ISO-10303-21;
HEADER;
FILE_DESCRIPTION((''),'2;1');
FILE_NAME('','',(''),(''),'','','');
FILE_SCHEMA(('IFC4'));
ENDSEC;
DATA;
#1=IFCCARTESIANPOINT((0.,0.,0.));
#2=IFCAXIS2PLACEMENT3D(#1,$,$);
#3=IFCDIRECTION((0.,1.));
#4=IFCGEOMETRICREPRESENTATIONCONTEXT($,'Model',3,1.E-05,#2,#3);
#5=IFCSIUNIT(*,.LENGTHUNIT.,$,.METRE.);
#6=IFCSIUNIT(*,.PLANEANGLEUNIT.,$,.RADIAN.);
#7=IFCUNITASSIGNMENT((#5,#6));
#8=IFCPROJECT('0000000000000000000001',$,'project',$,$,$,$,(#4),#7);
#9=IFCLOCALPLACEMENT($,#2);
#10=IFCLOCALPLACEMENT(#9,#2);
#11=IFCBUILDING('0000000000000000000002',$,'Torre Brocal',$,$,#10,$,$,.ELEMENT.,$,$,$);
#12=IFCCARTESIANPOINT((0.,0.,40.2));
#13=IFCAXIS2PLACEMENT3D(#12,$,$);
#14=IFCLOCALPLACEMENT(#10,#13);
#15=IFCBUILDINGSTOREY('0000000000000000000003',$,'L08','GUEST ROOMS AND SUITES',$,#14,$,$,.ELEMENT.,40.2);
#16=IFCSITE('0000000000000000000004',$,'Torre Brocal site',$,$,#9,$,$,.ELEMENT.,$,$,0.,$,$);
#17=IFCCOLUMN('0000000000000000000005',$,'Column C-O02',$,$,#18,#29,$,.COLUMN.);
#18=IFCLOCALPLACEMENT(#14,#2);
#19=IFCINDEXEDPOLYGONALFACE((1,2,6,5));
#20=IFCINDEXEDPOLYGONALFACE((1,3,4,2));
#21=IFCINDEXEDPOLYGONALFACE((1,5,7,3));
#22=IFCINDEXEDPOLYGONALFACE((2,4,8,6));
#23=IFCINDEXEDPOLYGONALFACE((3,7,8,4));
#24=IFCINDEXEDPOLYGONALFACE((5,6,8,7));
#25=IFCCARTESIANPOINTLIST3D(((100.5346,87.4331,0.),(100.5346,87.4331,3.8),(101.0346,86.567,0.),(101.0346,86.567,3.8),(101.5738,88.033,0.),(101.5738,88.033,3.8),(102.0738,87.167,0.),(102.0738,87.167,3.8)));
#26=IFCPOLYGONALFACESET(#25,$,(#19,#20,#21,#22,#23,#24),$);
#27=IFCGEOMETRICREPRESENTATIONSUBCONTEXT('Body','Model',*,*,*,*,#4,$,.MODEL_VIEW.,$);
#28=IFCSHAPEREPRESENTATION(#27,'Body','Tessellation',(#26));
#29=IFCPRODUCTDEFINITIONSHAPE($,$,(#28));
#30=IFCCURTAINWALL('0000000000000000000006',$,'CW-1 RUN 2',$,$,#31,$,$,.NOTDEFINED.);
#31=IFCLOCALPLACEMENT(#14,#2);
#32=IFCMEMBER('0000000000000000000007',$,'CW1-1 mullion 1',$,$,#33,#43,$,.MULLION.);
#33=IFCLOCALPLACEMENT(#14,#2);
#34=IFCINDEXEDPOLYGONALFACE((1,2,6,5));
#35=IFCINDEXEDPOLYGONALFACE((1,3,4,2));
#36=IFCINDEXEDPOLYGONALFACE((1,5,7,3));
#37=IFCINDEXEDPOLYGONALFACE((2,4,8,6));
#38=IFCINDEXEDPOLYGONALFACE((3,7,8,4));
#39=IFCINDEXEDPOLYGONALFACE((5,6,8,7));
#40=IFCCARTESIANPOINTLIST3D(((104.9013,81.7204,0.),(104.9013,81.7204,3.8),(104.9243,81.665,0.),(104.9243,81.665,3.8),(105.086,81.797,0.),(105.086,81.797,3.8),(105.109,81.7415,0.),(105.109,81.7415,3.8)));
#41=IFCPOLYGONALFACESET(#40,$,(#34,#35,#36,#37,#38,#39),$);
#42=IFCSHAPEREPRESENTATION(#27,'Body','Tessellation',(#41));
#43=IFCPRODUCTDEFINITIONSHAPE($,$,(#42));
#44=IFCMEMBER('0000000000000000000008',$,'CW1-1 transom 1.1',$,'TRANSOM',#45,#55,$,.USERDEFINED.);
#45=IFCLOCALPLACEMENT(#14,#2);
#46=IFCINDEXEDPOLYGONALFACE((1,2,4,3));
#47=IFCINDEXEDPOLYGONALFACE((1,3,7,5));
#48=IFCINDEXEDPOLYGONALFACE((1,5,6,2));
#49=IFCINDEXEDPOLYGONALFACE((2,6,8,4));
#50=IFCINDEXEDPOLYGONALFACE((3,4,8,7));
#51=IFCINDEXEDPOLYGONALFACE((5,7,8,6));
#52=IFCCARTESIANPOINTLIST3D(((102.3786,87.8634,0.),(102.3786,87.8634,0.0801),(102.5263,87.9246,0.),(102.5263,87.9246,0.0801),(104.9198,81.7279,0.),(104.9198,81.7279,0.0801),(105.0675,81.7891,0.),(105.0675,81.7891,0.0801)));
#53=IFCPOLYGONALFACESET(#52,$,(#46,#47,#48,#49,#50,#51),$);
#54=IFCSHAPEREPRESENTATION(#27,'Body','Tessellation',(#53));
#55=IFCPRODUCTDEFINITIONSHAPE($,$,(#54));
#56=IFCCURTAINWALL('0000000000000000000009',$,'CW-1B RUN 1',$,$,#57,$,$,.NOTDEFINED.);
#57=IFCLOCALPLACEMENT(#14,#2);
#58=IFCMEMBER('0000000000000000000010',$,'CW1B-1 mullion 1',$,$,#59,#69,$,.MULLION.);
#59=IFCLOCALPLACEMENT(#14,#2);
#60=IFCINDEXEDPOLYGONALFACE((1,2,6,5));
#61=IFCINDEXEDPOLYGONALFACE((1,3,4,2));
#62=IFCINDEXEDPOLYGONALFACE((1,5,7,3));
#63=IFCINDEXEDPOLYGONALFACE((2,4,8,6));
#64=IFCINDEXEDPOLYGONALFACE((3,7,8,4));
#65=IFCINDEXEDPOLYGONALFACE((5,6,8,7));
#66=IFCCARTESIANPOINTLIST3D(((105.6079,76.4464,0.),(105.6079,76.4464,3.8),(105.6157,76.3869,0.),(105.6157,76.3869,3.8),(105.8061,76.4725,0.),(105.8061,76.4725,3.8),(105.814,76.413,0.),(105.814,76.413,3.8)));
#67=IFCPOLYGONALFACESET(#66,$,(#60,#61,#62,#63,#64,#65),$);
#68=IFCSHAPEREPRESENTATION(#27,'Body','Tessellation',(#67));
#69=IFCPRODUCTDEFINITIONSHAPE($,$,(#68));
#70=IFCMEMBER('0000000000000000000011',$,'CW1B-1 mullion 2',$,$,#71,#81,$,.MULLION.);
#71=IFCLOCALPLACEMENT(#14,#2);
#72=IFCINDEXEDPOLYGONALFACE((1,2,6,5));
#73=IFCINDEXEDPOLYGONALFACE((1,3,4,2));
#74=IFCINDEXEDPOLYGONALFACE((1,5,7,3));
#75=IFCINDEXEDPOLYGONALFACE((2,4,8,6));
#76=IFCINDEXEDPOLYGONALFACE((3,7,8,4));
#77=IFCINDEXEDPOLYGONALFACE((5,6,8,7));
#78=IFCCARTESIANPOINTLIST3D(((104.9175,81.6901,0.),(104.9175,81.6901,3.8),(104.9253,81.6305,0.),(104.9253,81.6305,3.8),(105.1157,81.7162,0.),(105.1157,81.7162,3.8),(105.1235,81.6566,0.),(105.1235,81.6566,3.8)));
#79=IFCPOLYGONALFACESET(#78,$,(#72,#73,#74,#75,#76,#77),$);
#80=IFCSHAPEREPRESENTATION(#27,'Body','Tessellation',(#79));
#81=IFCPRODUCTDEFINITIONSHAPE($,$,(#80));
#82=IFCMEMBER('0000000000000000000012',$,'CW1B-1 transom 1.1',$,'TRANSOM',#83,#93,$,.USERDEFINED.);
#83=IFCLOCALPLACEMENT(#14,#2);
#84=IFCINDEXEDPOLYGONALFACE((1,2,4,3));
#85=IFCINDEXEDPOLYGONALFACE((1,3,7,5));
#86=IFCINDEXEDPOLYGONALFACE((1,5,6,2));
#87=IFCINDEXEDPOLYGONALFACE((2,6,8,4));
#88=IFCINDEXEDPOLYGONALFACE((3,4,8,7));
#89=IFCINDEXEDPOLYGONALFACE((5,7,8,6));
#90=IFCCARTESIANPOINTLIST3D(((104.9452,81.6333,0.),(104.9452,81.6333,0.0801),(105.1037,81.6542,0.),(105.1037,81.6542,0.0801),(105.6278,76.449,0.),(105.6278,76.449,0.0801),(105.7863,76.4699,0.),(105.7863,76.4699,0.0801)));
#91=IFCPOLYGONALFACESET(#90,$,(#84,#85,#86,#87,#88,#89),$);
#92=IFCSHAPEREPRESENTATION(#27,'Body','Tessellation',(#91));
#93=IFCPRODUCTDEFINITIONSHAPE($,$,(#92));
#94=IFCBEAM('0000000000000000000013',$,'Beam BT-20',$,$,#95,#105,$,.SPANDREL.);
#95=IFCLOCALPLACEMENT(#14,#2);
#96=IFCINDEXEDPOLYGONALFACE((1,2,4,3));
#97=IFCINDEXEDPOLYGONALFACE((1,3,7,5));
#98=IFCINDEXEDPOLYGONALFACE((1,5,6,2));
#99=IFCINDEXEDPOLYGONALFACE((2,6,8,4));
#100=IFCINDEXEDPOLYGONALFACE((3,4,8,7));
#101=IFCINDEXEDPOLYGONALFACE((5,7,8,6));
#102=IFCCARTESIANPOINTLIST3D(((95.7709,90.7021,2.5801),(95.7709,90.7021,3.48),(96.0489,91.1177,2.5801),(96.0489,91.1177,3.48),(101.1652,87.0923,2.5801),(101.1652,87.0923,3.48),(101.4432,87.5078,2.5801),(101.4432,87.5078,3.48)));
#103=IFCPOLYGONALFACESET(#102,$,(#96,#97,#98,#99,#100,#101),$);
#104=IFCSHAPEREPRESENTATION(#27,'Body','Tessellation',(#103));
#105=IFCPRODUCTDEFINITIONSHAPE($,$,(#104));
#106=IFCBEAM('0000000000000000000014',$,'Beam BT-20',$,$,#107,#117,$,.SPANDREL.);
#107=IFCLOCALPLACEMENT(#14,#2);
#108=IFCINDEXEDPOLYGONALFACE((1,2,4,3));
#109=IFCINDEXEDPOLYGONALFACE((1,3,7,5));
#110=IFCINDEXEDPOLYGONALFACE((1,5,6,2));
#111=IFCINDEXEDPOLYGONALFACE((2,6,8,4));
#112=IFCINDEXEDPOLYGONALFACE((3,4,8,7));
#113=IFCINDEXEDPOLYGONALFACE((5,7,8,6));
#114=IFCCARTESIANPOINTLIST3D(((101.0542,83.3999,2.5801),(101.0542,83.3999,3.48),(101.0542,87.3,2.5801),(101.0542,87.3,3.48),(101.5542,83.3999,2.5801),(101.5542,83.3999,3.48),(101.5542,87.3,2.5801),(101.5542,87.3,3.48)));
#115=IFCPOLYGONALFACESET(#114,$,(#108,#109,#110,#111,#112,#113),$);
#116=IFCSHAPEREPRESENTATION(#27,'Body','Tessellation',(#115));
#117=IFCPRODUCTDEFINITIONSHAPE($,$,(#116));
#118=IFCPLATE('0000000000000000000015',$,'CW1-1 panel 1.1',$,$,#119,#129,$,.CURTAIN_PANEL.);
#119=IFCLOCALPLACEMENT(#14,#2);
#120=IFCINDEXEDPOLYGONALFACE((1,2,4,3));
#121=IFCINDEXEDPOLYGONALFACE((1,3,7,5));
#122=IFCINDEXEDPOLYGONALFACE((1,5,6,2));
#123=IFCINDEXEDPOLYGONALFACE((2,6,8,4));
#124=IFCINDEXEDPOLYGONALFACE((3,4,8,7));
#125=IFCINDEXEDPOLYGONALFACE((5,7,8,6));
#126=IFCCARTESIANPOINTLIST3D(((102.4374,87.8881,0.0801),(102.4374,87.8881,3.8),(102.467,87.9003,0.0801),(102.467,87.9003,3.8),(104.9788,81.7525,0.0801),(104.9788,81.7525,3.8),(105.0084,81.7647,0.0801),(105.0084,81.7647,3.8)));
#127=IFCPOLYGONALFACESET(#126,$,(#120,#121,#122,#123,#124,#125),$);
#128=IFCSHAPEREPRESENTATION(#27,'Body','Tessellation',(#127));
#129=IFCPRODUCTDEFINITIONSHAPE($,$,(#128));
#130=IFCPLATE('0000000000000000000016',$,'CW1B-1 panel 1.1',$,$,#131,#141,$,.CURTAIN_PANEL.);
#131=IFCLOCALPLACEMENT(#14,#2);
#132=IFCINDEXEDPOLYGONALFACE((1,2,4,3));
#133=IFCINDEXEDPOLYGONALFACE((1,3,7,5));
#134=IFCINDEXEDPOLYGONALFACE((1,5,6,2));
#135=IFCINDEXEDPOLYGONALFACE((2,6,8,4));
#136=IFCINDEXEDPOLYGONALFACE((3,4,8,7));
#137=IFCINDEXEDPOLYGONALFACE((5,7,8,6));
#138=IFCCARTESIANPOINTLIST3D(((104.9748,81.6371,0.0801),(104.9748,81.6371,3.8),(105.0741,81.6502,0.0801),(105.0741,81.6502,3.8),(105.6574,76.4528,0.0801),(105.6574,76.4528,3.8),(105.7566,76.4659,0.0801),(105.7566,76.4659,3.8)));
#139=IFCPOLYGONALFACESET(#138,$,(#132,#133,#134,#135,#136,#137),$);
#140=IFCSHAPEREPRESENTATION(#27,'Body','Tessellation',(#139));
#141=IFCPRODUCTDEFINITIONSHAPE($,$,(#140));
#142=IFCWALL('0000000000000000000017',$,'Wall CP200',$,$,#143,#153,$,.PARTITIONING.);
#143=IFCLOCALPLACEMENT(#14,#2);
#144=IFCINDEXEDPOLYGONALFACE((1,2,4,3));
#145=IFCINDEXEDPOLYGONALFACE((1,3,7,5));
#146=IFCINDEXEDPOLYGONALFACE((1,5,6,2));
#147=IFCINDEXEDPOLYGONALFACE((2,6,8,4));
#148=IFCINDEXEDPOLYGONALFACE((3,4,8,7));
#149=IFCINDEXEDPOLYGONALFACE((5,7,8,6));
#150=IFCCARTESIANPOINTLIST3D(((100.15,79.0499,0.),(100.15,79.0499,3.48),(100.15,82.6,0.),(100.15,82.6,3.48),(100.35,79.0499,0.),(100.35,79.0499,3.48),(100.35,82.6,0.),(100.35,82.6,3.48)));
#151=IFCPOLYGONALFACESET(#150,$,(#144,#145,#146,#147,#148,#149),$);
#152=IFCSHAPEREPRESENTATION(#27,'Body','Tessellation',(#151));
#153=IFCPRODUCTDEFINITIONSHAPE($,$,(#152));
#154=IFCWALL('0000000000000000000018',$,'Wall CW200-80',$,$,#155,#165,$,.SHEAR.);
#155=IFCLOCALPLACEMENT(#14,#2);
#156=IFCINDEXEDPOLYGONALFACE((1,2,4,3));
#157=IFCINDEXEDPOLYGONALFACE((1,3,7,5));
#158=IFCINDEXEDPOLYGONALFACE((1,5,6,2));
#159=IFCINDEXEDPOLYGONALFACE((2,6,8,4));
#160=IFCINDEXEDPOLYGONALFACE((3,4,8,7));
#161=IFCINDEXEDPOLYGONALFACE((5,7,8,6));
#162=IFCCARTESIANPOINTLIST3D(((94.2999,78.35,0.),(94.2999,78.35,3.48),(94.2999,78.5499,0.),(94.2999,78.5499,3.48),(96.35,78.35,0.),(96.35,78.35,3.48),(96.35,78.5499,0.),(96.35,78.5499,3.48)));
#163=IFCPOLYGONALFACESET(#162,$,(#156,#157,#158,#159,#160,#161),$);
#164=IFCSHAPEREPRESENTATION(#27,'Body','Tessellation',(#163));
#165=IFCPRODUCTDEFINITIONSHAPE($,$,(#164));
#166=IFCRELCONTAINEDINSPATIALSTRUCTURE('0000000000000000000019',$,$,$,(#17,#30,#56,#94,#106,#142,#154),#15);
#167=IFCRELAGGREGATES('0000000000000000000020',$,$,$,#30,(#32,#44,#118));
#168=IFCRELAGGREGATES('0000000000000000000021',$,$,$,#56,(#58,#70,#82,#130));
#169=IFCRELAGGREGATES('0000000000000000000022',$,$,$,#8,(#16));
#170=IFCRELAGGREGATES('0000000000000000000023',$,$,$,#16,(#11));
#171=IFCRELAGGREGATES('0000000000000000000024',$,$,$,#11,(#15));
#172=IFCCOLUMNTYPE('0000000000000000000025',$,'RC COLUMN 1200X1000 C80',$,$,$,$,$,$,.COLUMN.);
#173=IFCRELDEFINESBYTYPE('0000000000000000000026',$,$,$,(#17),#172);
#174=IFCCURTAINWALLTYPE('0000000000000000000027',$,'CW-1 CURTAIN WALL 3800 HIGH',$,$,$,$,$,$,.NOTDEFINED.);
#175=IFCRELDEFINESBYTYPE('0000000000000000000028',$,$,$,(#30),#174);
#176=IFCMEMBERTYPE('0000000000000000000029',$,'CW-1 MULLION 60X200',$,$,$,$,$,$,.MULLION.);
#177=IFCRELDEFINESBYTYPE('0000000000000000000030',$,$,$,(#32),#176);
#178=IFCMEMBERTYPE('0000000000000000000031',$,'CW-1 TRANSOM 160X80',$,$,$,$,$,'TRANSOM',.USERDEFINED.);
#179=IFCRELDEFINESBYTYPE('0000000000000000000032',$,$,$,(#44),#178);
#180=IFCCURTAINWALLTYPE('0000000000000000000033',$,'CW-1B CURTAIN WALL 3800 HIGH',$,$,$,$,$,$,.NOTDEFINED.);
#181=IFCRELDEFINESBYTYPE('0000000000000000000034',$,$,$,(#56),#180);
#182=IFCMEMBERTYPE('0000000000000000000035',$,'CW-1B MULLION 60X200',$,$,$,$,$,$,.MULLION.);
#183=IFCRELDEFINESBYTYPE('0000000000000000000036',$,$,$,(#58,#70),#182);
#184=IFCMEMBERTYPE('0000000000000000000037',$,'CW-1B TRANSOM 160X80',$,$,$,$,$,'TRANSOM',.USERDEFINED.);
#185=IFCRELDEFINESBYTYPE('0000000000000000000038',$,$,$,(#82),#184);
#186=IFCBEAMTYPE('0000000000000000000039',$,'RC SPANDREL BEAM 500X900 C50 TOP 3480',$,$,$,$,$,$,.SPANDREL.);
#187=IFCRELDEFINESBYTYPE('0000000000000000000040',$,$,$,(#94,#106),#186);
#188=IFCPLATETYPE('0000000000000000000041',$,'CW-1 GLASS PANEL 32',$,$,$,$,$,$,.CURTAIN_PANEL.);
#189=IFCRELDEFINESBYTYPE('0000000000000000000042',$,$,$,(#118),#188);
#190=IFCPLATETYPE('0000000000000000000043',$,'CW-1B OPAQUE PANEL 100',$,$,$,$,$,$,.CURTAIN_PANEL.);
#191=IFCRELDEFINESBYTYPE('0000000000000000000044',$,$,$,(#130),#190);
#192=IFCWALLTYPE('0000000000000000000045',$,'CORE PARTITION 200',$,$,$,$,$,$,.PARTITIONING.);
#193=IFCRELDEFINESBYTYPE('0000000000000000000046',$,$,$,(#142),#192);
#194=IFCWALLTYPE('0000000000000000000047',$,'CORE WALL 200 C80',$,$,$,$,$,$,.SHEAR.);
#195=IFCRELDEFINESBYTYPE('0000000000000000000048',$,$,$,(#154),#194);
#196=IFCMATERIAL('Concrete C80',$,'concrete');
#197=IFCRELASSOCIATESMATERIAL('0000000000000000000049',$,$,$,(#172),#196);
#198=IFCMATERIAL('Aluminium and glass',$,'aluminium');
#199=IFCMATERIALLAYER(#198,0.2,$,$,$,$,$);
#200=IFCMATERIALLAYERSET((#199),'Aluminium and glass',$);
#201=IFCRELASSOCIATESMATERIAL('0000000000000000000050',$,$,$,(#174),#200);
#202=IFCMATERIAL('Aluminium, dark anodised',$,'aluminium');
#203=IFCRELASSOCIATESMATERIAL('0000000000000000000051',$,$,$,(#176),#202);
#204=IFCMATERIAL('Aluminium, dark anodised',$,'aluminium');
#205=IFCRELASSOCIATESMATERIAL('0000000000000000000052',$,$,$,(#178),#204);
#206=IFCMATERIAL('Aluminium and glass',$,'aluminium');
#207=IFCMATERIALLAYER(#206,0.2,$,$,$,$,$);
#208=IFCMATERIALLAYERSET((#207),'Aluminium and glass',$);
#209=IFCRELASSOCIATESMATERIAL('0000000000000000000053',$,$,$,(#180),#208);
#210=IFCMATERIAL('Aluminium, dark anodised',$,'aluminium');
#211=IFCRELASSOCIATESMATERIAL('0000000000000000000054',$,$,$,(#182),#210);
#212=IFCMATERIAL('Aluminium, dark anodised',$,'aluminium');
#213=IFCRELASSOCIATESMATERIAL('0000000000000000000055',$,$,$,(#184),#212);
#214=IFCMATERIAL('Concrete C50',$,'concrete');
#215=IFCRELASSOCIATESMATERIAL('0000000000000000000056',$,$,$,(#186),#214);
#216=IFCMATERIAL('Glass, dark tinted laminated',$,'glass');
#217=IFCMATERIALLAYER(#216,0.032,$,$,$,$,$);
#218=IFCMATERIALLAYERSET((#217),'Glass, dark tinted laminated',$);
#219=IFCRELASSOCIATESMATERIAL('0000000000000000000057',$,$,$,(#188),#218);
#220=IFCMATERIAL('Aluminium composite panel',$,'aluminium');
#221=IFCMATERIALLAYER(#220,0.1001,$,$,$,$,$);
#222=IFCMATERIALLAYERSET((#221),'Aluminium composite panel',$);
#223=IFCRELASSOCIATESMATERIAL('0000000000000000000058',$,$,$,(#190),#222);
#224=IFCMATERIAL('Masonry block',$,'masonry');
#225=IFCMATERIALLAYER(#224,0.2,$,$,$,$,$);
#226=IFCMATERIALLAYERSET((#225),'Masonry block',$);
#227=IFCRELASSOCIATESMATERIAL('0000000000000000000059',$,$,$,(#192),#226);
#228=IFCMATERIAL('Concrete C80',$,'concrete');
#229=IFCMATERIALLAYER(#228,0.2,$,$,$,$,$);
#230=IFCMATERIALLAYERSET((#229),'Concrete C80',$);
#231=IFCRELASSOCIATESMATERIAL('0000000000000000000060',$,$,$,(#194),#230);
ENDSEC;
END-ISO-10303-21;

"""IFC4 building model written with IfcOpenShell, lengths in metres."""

from ifc_helpers import new_model, si_unit, direction, frame, frame_2d, origin, origin_2d, place, context, subcontext, project, spatial, rectangle, extrude, material, layer, layer_set, material_profile, profile_set, type_object, element, aggregate, save


model = new_model("IFC4")

# Units and contexts
model_context = context("Model", 3, precision=1e-05, world=origin(), true_north=direction((0.0, 1.0)))
body_context = subcontext(model_context, "Body", "Model", "MODEL_VIEW")
ifc_project = project(units=[si_unit("LENGTHUNIT", "METRE"), si_unit("PLANEANGLEUNIT", "RADIAN")], contexts=[model_context])

# Site, building, storey
site_placement = place(None, origin())
site = spatial("IfcSite", under=ifc_project, at=site_placement, Name="Torre Brocal site", CompositionType="ELEMENT", RefElevation=0.0)
building_placement = place(site_placement, origin())
building = spatial("IfcBuilding", under=site, at=building_placement, Name="Torre Brocal", CompositionType="ELEMENT")
storey_placement = place(building_placement, frame((0.0, 0.0, 40.2)))
storey = spatial("IfcBuildingStorey", under=building, at=storey_placement, Name="L08", Description="GUEST ROOMS AND SUITES", CompositionType="ELEMENT", Elevation=40.2)

# Column
ifc_material_1 = material(Name="Concrete C80", Category="concrete")
ifc_material_profile_1 = material_profile(ifc_material_1, rectangle(XDim=1.2, YDim=1.0, at=origin_2d()), Name="RC 1200X1000")
ifc_profile_set_1 = profile_set([ifc_material_profile_1], Name="Concrete C80")
column_type = type_object("IfcColumnType", Name="RC COLUMN 1200X1000 C80", PredefinedType="COLUMN", material=ifc_profile_set_1)
column_placement = place(storey_placement, frame((101.3042, 87.3, 0.0), z_axis=(0.0, 0.0, 1.0), x_axis=(0.866025, 0.5, 0.0)))
element("IfcColumn", 1, at=column_placement, inside=storey, type_object=column_type, Name="Column C-O02", PredefinedType="COLUMN", context=body_context, shape_type="SweptSolid", body=[
    extrude(rectangle(XDim=1.2, YDim=1.0, at=origin_2d()), origin(), (0.0, 0.0, 1.0), 3.8),
])

# Curtain walls, members
ifc_material_2 = material(Name="Aluminium and glass", Category="aluminium")
ifc_layer_1 = layer(ifc_material_2, 0.2)
ifc_layer_set_1 = layer_set([ifc_layer_1], Name="Aluminium and glass")
curtain_wall_type_1 = type_object("IfcCurtainWallType", Name="CW-1 CURTAIN WALL 3800 HIGH", PredefinedType="NOTDEFINED", material=ifc_layer_set_1)
curtain_wall_1_placement = place(storey_placement, origin())
curtain_wall_1 = element("IfcCurtainWall", 2, at=curtain_wall_1_placement, inside=storey, type_object=curtain_wall_type_1, Name="CW-1 RUN 2", PredefinedType="NOTDEFINED")
ifc_material_3 = material(Name="Aluminium, dark anodised", Category="aluminium")
ifc_material_profile_2 = material_profile(ifc_material_3, rectangle(XDim=0.2, YDim=0.0601, at=origin_2d()), Name="CW-1 MULLION 60X200")
ifc_profile_set_2 = profile_set([ifc_material_profile_2], Name="Aluminium, dark anodised")
member_type_1 = type_object("IfcMemberType", Name="CW-1 MULLION 60X200", PredefinedType="MULLION", material=ifc_profile_set_2)
member_1_placement = place(storey_placement, frame((105.0051, 81.731, 0.0), z_axis=(0.0, 0.0, 1.0), x_axis=(-0.92388, -0.382683, 0.0)))
member_1 = element("IfcMember", 3, at=member_1_placement, type_object=member_type_1, Name="CW1-1 mullion 1", PredefinedType="MULLION", context=body_context, shape_type="SweptSolid", body=[
    extrude(rectangle(XDim=0.2, YDim=0.0601, at=origin_2d()), origin(), (0.0, 0.0, 1.0), 3.8),
])
ifc_material_4 = material(Name="Aluminium, dark anodised", Category="aluminium")
ifc_material_profile_3 = material_profile(ifc_material_4, rectangle(XDim=0.1599, YDim=0.0801, at=origin_2d()), Name="CW-1 TRANSOM 160X80")
ifc_profile_set_3 = profile_set([ifc_material_profile_3], Name="Aluminium, dark anodised")
member_type_2 = type_object("IfcMemberType", Name="CW-1 TRANSOM 160X80", ElementType="TRANSOM", PredefinedType="USERDEFINED", material=ifc_profile_set_3)
member_2_placement = place(storey_placement, frame((104.9937, 81.7585, 0.04), z_axis=(-0.382665, 0.923887, 0.0), x_axis=(-0.923887, -0.382665, 0.0)))
member_2 = element("IfcMember", 4, at=member_2_placement, type_object=member_type_2, Name="CW1-1 transom 1.1", ObjectType="TRANSOM", PredefinedType="USERDEFINED", context=body_context, shape_type="SweptSolid", body=[
    extrude(rectangle(XDim=0.1599, YDim=0.0801, at=origin_2d()), origin(), (0.0, 0.0, 1.0), 6.6409),
])
ifc_material_5 = material(Name="Aluminium and glass", Category="aluminium")
ifc_layer_2 = layer(ifc_material_5, 0.2)
ifc_layer_set_2 = layer_set([ifc_layer_2], Name="Aluminium and glass")
curtain_wall_type_2 = type_object("IfcCurtainWallType", Name="CW-1B CURTAIN WALL 3800 HIGH", PredefinedType="NOTDEFINED", material=ifc_layer_set_2)
curtain_wall_2_placement = place(storey_placement, origin())
curtain_wall_2 = element("IfcCurtainWall", 5, at=curtain_wall_2_placement, inside=storey, type_object=curtain_wall_type_2, Name="CW-1B RUN 1", PredefinedType="NOTDEFINED")
ifc_material_6 = material(Name="Aluminium, dark anodised", Category="aluminium")
ifc_material_profile_4 = material_profile(ifc_material_6, rectangle(XDim=0.2, YDim=0.0601, at=origin_2d()), Name="CW-1B MULLION 60X200")
ifc_profile_set_4 = profile_set([ifc_material_profile_4], Name="Aluminium, dark anodised")
member_type_3 = type_object("IfcMemberType", Name="CW-1B MULLION 60X200", PredefinedType="MULLION", material=ifc_profile_set_4)
member_3_placement = place(storey_placement, frame((105.7109, 76.4297, 0.0), z_axis=(0.0, 0.0, 1.0), x_axis=(-0.991445, -0.130526, 0.0)))
member_3 = element("IfcMember", 6, at=member_3_placement, type_object=member_type_3, Name="CW1B-1 mullion 1", PredefinedType="MULLION", context=body_context, shape_type="SweptSolid", body=[
    extrude(rectangle(XDim=0.2, YDim=0.0601, at=origin_2d()), origin(), (0.0, 0.0, 1.0), 3.8),
])
member_4_placement = place(storey_placement, frame((105.0205, 81.6733, 0.0), z_axis=(0.0, 0.0, 1.0), x_axis=(-0.991445, -0.130526, 0.0)))
member_4 = element("IfcMember", 7, at=member_4_placement, type_object=member_type_3, Name="CW1B-1 mullion 2", PredefinedType="MULLION", context=body_context, shape_type="SweptSolid", body=[
    extrude(rectangle(XDim=0.2, YDim=0.0601, at=origin_2d()), origin(), (0.0, 0.0, 1.0), 3.8),
])
ifc_material_7 = material(Name="Aluminium, dark anodised", Category="aluminium")
ifc_material_profile_5 = material_profile(ifc_material_7, rectangle(XDim=0.1599, YDim=0.0801, at=origin_2d()), Name="CW-1B TRANSOM 160X80")
ifc_profile_set_5 = profile_set([ifc_material_profile_5], Name="Aluminium, dark anodised")
member_type_4 = type_object("IfcMemberType", Name="CW-1B TRANSOM 160X80", ElementType="TRANSOM", PredefinedType="USERDEFINED", material=ifc_profile_set_5)
member_5_placement = place(storey_placement, frame((105.707, 76.4595, 0.04), z_axis=(-0.130543, 0.991443, 0.0), x_axis=(-0.991443, -0.130543, 0.0)))
member_5 = element("IfcMember", 8, at=member_5_placement, type_object=member_type_4, Name="CW1B-1 transom 1.1", ObjectType="TRANSOM", PredefinedType="USERDEFINED", context=body_context, shape_type="SweptSolid", body=[
    extrude(rectangle(XDim=0.1599, YDim=0.0801, at=origin_2d()), origin(), (0.0, 0.0, 1.0), 5.229),
])

# Beams
ifc_material_8 = material(Name="Concrete C50", Category="concrete")
ifc_material_profile_6 = material_profile(ifc_material_8, rectangle(XDim=0.5, YDim=0.8999, at=origin_2d()), Name="RC 500X900")
ifc_profile_set_6 = profile_set([ifc_material_profile_6], Name="Concrete C50")
beam_type = type_object("IfcBeamType", Name="RC SPANDREL BEAM 500X900 C50 TOP 3480", PredefinedType="SPANDREL", material=ifc_profile_set_6)
beam_1_placement = place(storey_placement, frame((101.3042, 87.3, 3.03), z_axis=(-0.831077, 0.556158, 0.0), x_axis=(-0.556158, -0.831077, 0.0)))
element("IfcBeam", 9, at=beam_1_placement, inside=storey, type_object=beam_type, Name="Beam BT-20", PredefinedType="SPANDREL", context=body_context, shape_type="SweptSolid", body=[
    extrude(rectangle(XDim=0.5, YDim=0.8999, at=origin_2d()), origin(), (0.0, 0.0, 1.0), 6.4907),
])
beam_2_placement = place(storey_placement, frame((101.3042, 87.3, 3.03), z_axis=(0.0, -1.0, 0.0), x_axis=(1.0, 0.0, 0.0)))
element("IfcBeam", 10, at=beam_2_placement, inside=storey, type_object=beam_type, Name="Beam BT-20", PredefinedType="SPANDREL", context=body_context, shape_type="SweptSolid", body=[
    extrude(rectangle(XDim=0.5, YDim=0.8999, at=origin_2d()), origin(), (0.0, 0.0, 1.0), 3.9001),
])

# Plates
ifc_material_9 = material(Name="Glass, dark tinted laminated", Category="glass")
ifc_layer_3 = layer(ifc_material_9, 0.032)
ifc_layer_set_3 = layer_set([ifc_layer_3], Name="Glass, dark tinted laminated")
plate_type_1 = type_object("IfcPlateType", Name="CW-1 GLASS PANEL 32", PredefinedType="CURTAIN_PANEL", material=ifc_layer_set_3)
plate_1_placement = place(storey_placement, frame((103.7229, 84.8264, 0.0801), z_axis=(0.0, 0.0, 1.0), x_axis=(-0.382683, 0.92388, 0.0)))
plate_1 = element("IfcPlate", 11, at=plate_1_placement, type_object=plate_type_1, Name="CW1-1 panel 1.1", PredefinedType="CURTAIN_PANEL", context=body_context, shape_type="SweptSolid", body=[
    extrude(rectangle(XDim=6.6411, YDim=0.032, at=origin_2d()), origin(), (0.0, 0.0, 1.0), 3.72),
])
aggregate(curtain_wall_1, [member_1, member_2, plate_1])
ifc_material_10 = material(Name="Aluminium composite panel", Category="aluminium")
ifc_layer_4 = layer(ifc_material_10, 0.1001)
ifc_layer_set_4 = layer_set([ifc_layer_4], Name="Aluminium composite panel")
plate_type_2 = type_object("IfcPlateType", Name="CW-1B OPAQUE PANEL 100", PredefinedType="CURTAIN_PANEL", material=ifc_layer_set_4)
plate_2_placement = place(storey_placement, frame((105.3657, 79.0515, 0.0801), z_axis=(0.0, 0.0, 1.0), x_axis=(-0.130526, 0.991445, 0.0)))
plate_2 = element("IfcPlate", 12, at=plate_2_placement, type_object=plate_type_2, Name="CW1B-1 panel 1.1", PredefinedType="CURTAIN_PANEL", context=body_context, shape_type="SweptSolid", body=[
    extrude(rectangle(XDim=5.229, YDim=0.1001, at=origin_2d()), origin(), (0.0, 0.0, 1.0), 3.72),
])
aggregate(curtain_wall_2, [member_3, member_4, member_5, plate_2])

# Walls
ifc_material_11 = material(Name="Masonry block", Category="masonry")
ifc_layer_5 = layer(ifc_material_11, 0.2)
ifc_layer_set_5 = layer_set([ifc_layer_5], Name="Masonry block")
wall_type_1 = type_object("IfcWallType", Name="CORE PARTITION 200", PredefinedType="PARTITIONING", material=ifc_layer_set_5)
wall_1_placement = place(storey_placement, frame((100.25, 79.05, 0.0), z_axis=(0.0, 0.0, 1.0), x_axis=(0.0, 1.0, 0.0)))
element("IfcWall", 13, at=wall_1_placement, inside=storey, type_object=wall_type_1, Name="Wall CP200", PredefinedType="PARTITIONING", context=body_context, shape_type="SweptSolid", body=[
    extrude(rectangle(XDim=3.55, YDim=0.2, at=frame_2d((1.7749, 0.0))), origin(), (0.0, 0.0, 1.0), 3.48),
])
ifc_material_12 = material(Name="Concrete C80", Category="concrete")
ifc_layer_6 = layer(ifc_material_12, 0.2)
ifc_layer_set_6 = layer_set([ifc_layer_6], Name="Concrete C80")
wall_type_2 = type_object("IfcWallType", Name="CORE WALL 200 C80", PredefinedType="SHEAR", material=ifc_layer_set_6)
wall_2_placement = place(storey_placement, frame((94.3, 78.45, 0.0), z_axis=(0.0, 0.0, 1.0), x_axis=(1.0, 0.0, 0.0)))
element("IfcWall", 14, at=wall_2_placement, inside=storey, type_object=wall_type_2, Name="Wall CW200-80", PredefinedType="SHEAR", context=body_context, shape_type="SweptSolid", body=[
    extrude(rectangle(XDim=2.05, YDim=0.2, at=frame_2d((1.0249, 0.0))), origin(), (0.0, 0.0, 1.0), 3.48),
])

save(model, "model.ifc")
